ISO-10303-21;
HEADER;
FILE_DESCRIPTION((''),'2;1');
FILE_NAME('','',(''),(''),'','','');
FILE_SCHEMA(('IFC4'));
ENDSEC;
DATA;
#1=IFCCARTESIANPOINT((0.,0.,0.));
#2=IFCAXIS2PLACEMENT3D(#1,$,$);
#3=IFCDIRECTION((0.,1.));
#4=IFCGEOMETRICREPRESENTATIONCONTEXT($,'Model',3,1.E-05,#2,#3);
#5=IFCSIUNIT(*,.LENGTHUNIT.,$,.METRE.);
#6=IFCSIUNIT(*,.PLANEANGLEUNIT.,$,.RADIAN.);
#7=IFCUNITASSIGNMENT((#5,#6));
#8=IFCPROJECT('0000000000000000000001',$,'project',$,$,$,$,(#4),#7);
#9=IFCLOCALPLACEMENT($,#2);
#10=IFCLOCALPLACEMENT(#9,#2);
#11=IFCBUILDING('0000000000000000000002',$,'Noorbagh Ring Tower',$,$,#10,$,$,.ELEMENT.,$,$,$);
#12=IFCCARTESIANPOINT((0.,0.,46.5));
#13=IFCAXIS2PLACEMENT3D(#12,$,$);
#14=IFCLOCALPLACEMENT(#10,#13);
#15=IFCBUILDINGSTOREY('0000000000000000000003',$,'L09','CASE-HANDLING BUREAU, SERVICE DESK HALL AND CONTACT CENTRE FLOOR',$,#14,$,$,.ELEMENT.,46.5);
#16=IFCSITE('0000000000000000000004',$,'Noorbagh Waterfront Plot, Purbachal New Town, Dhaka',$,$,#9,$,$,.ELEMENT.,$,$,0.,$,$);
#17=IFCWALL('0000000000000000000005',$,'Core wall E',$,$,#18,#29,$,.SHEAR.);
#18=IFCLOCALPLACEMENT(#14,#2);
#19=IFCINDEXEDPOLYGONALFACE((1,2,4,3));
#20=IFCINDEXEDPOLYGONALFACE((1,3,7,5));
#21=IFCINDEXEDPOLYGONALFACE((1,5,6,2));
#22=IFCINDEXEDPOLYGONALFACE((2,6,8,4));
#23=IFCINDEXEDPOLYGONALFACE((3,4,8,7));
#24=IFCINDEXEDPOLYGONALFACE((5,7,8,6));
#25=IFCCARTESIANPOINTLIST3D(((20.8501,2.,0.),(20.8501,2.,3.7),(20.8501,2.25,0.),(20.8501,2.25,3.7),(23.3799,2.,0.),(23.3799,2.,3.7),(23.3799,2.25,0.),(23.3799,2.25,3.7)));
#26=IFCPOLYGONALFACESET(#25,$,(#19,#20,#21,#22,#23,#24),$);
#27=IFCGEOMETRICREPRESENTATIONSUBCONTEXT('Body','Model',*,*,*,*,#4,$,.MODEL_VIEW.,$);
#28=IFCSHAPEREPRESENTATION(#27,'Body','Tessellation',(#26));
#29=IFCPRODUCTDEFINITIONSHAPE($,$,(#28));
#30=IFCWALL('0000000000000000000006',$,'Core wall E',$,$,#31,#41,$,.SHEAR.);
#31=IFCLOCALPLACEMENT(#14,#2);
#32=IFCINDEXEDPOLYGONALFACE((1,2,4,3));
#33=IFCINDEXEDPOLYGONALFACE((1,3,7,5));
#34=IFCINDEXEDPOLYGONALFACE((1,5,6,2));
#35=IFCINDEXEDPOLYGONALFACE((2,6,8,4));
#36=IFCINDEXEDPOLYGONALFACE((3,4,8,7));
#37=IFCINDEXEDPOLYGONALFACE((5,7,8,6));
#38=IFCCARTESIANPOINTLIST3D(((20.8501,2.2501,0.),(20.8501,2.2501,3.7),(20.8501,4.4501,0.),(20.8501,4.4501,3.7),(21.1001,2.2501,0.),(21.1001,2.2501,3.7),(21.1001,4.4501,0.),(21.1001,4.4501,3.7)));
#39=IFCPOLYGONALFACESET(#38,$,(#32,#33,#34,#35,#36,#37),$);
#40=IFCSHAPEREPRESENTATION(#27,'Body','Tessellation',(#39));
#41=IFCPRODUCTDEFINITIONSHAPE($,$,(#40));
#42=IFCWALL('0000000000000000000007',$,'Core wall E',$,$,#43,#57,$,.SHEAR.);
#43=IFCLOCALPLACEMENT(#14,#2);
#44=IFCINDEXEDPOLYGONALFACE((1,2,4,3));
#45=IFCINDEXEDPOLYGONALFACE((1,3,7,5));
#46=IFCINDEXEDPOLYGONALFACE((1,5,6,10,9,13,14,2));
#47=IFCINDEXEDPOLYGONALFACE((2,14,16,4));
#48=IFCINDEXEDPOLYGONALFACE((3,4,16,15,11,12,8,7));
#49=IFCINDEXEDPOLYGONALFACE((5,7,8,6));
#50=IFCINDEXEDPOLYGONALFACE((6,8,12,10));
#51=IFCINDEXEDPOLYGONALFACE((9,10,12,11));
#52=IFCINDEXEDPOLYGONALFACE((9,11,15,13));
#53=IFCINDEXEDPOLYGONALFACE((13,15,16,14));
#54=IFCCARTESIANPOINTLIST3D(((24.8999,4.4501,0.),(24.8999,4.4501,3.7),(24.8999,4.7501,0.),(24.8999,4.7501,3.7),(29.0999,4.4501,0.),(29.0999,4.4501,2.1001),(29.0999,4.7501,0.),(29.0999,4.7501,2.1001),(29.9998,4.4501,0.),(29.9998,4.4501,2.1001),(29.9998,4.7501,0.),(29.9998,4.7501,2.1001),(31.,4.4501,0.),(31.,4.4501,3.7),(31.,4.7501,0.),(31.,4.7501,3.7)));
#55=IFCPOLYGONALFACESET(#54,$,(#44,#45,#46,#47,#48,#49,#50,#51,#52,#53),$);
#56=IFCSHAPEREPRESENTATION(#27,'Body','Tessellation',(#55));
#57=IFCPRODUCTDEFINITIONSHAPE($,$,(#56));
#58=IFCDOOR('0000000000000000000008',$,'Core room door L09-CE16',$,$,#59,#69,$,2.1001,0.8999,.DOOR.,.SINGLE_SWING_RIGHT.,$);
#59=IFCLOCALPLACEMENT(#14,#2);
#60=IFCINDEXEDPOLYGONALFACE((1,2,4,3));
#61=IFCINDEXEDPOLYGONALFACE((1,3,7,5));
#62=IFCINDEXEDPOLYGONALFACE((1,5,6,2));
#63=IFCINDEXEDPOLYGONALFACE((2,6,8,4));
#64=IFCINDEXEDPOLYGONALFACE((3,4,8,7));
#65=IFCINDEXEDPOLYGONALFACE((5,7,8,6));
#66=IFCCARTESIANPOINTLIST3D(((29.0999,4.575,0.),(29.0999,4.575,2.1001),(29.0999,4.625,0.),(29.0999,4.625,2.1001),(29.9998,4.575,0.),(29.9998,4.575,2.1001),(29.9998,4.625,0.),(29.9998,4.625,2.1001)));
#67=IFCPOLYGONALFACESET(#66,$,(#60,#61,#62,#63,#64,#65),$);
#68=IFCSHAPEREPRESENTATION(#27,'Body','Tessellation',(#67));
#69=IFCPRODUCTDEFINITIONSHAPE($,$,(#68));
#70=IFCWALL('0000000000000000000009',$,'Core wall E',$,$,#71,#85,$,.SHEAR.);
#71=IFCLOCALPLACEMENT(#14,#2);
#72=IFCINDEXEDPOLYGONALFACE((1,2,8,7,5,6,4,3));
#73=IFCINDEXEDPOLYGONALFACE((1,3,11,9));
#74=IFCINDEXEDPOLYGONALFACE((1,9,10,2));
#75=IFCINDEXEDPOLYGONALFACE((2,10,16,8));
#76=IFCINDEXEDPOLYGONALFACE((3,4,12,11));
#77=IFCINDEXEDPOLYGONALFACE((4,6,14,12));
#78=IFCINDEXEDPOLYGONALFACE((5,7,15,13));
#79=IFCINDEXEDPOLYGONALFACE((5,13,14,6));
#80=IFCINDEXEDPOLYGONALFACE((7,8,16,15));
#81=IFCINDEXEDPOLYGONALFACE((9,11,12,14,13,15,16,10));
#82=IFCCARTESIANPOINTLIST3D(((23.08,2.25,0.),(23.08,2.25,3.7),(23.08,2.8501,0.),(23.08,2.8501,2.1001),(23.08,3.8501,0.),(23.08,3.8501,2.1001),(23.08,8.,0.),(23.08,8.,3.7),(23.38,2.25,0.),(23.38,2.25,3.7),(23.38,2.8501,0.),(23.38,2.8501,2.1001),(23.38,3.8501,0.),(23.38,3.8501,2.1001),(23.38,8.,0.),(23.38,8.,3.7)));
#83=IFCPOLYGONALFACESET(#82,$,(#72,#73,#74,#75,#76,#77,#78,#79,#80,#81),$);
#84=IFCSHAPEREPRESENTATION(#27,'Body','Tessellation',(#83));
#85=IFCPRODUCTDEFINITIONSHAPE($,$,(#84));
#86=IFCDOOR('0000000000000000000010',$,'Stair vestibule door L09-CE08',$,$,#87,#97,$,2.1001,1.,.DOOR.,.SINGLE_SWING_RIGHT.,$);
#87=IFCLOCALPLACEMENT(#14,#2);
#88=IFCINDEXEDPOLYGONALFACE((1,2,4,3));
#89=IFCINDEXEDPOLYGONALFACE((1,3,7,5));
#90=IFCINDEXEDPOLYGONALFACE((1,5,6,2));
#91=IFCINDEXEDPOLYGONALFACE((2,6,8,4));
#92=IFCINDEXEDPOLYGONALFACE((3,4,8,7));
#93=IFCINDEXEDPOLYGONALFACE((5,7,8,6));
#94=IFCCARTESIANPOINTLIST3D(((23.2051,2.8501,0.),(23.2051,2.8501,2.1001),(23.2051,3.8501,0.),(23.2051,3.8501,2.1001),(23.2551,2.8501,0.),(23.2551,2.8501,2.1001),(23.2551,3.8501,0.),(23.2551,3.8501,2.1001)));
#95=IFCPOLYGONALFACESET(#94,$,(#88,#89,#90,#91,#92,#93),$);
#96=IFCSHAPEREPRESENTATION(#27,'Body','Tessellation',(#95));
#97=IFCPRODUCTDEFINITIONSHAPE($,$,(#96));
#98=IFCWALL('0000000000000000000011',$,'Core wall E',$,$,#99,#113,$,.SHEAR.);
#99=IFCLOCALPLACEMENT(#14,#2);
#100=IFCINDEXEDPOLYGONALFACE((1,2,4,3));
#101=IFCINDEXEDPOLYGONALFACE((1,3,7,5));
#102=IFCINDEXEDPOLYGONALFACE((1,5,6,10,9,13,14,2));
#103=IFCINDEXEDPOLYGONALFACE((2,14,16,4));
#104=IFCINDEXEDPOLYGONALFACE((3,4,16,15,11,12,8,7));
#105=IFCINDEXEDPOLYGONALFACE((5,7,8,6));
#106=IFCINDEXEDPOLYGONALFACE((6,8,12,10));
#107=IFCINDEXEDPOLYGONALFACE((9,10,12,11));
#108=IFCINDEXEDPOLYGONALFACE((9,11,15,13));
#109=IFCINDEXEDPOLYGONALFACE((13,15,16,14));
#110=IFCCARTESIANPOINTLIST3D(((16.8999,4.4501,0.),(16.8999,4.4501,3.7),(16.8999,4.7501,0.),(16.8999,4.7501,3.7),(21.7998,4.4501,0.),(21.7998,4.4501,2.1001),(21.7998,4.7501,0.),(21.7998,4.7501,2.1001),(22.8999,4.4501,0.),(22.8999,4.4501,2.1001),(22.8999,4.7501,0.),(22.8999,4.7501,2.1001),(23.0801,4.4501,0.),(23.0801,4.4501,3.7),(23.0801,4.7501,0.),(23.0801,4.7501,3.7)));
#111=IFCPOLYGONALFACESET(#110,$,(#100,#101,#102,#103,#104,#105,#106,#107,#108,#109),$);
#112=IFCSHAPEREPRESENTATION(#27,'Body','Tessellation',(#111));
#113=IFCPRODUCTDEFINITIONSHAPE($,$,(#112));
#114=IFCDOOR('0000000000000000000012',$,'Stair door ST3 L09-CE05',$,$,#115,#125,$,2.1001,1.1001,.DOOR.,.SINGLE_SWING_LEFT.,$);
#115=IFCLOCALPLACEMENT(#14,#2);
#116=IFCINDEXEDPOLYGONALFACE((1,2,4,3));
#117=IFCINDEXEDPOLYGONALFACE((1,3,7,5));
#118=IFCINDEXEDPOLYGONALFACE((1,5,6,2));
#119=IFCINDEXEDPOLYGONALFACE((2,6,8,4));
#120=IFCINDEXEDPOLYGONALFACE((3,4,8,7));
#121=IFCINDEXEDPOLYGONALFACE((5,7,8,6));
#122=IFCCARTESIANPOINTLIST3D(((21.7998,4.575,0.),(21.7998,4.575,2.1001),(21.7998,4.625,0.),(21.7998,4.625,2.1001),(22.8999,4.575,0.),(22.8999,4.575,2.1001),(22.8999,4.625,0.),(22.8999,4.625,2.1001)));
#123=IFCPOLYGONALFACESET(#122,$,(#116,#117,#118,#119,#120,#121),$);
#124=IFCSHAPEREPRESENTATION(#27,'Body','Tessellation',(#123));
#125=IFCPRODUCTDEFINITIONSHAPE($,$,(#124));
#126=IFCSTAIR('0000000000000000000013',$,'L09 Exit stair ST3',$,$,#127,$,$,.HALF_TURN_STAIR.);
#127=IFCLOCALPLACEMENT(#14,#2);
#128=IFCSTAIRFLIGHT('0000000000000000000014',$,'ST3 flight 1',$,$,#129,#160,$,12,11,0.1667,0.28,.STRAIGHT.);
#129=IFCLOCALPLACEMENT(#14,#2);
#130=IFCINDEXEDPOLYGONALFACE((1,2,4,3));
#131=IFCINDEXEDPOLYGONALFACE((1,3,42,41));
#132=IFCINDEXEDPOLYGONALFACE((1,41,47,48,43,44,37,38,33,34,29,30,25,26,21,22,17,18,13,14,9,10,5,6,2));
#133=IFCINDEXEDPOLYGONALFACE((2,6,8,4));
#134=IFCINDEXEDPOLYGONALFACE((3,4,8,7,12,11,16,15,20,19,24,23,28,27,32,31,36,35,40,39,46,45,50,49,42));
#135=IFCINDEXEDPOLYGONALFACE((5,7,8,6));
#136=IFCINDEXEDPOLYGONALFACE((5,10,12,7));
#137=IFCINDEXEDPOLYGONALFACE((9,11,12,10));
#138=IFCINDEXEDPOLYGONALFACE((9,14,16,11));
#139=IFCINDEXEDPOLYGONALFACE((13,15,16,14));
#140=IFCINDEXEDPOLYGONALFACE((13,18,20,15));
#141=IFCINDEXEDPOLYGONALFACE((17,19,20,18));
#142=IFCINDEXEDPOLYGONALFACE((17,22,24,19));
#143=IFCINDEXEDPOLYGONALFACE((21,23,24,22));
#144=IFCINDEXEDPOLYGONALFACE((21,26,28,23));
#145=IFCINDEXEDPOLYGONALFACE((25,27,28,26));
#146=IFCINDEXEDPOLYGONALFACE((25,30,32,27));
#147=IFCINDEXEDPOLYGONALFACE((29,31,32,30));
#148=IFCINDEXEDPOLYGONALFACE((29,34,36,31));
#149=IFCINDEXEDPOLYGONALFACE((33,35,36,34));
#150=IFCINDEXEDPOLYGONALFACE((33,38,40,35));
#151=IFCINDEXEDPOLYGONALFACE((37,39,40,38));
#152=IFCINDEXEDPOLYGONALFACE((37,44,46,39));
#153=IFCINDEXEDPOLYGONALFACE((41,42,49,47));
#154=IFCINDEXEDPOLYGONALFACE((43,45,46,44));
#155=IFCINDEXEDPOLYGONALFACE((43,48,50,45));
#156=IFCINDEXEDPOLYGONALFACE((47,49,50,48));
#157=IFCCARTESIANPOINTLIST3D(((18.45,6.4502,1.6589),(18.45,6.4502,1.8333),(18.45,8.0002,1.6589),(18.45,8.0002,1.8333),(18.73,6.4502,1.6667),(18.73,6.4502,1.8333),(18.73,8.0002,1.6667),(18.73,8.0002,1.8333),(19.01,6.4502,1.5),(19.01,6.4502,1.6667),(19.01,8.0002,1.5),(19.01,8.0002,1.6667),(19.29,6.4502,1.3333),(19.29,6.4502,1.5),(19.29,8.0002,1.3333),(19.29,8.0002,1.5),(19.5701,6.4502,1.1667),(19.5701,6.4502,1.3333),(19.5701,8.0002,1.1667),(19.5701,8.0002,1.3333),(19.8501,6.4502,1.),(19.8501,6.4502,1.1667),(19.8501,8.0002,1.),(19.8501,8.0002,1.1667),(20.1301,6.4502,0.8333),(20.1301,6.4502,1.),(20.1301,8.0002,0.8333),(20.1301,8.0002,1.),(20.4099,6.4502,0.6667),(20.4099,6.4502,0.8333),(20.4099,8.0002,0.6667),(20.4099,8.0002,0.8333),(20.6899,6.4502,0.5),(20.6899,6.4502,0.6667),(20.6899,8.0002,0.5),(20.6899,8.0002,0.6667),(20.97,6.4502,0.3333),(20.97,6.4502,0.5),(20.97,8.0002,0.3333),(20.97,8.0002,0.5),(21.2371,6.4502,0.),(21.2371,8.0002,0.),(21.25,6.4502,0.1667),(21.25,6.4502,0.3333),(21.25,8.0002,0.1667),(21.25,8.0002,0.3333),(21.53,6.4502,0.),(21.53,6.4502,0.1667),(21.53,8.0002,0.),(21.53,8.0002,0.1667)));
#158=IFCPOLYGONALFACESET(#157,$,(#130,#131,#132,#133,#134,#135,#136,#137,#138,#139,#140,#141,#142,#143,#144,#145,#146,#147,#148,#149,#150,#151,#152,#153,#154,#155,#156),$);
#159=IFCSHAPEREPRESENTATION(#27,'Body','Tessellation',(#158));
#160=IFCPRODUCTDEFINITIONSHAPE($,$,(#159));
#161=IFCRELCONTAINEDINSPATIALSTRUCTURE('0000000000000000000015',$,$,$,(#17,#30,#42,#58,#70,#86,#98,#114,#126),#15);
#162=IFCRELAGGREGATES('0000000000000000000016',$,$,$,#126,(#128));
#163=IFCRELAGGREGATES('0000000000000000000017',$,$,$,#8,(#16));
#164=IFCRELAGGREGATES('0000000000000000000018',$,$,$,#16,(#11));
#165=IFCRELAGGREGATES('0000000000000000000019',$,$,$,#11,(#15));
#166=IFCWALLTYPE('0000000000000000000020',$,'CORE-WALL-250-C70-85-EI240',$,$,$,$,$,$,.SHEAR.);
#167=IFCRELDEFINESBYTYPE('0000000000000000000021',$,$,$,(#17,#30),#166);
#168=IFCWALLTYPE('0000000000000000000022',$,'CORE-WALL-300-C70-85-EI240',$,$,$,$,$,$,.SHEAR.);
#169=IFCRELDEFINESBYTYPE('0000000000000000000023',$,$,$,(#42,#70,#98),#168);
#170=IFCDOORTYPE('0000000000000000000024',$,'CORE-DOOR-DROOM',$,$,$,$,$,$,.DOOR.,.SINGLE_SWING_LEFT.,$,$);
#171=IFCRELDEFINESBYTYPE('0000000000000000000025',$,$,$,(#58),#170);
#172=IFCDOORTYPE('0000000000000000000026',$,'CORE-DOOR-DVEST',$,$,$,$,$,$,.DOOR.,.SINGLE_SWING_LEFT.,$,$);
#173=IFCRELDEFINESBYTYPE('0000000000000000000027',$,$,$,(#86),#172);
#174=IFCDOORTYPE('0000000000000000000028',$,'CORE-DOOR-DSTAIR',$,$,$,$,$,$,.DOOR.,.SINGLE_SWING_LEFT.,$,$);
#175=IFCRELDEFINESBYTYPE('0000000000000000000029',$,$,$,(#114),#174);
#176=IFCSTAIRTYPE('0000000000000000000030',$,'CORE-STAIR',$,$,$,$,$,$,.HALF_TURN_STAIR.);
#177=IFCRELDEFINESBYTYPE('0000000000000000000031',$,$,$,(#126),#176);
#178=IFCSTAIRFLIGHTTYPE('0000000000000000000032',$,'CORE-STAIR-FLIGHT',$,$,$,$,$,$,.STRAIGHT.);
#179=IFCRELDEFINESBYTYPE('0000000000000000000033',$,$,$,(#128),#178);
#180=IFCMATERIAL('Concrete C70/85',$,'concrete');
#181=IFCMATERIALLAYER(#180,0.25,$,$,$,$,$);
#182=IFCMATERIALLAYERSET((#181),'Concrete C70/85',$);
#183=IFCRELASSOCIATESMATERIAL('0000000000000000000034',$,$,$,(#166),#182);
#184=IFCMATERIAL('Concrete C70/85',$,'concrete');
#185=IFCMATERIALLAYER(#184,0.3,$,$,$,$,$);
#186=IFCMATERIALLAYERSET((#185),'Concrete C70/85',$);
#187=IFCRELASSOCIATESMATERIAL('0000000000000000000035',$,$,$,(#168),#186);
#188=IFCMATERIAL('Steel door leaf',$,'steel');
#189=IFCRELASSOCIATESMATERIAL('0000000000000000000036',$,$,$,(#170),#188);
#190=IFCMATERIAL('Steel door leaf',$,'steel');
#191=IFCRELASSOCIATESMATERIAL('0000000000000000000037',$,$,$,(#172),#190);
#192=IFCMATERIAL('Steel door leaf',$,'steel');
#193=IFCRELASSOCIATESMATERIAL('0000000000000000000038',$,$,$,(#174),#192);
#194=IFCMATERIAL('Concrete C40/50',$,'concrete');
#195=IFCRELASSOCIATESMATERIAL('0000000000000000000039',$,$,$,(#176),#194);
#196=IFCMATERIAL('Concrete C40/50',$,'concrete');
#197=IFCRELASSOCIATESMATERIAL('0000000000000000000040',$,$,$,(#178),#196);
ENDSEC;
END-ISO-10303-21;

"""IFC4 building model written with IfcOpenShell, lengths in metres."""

from ifc_helpers import new_model, si_unit, direction, frame, frame_2d, origin, place, context, subcontext, project, spatial, polyline, rectangle, outline, extrude, material, layer, layer_set, type_object, element, fill, aggregate, save


model = new_model("IFC4")

# Units and contexts
model_context = context("Model", 3, precision=1e-05, world=origin(), true_north=direction((0.0, 1.0)))
body_context = subcontext(model_context, "Body", "Model", "MODEL_VIEW")
ifc_project = project(units=[si_unit("LENGTHUNIT", "METRE"), si_unit("PLANEANGLEUNIT", "RADIAN")], contexts=[model_context])

# Site, building, storey
site_placement = place(None, origin())
site = spatial("IfcSite", under=ifc_project, at=site_placement, Name="Noorbagh Waterfront Plot, Purbachal New Town, Dhaka", CompositionType="ELEMENT", RefElevation=0.0)
building_placement = place(site_placement, origin())
building = spatial("IfcBuilding", under=site, at=building_placement, Name="Noorbagh Ring Tower", CompositionType="ELEMENT")
storey_placement = place(building_placement, frame((0.0, 0.0, 46.5)))
storey = spatial("IfcBuildingStorey", under=building, at=storey_placement, Name="L09", Description="CASE-HANDLING BUREAU, SERVICE DESK HALL AND CONTACT CENTRE FLOOR", CompositionType="ELEMENT", Elevation=46.5)

# Walls
ifc_material_1 = material(Name="Concrete C70/85", Category="concrete")
ifc_layer_1 = layer(ifc_material_1, 0.25)
ifc_layer_set_1 = layer_set([ifc_layer_1], Name="Concrete C70/85")
wall_type_1 = type_object("IfcWallType", Name="CORE-WALL-250-C70-85-EI240", PredefinedType="SHEAR", material=ifc_layer_set_1)
wall_1_placement = place(storey_placement, frame((20.8501, 2.125, 0.0), z_axis=(0.0, 0.0, 1.0), x_axis=(1.0, 0.0, 0.0)))
element("IfcWall", 1, at=wall_1_placement, inside=storey, type_object=wall_type_1, Name="Core wall E", PredefinedType="SHEAR", context=body_context, shape_type="SweptSolid", body=[
    extrude(rectangle(XDim=2.5298, YDim=0.25, at=frame_2d((1.2649, 0.0))), origin(), (0.0, 0.0, 1.0), 3.7),
])
wall_2_placement = place(storey_placement, frame((20.9751, 2.25, 0.0), z_axis=(0.0, 0.0, 1.0), x_axis=(0.0, 1.0, 0.0)))
element("IfcWall", 2, at=wall_2_placement, inside=storey, type_object=wall_type_1, Name="Core wall E", PredefinedType="SHEAR", context=body_context, shape_type="SweptSolid", body=[
    extrude(rectangle(XDim=2.2, YDim=0.25, at=frame_2d((1.1001, 0.0))), origin(), (0.0, 0.0, 1.0), 3.7),
])

# Walls, openings, doors
ifc_material_2 = material(Name="Concrete C70/85", Category="concrete")
ifc_layer_2 = layer(ifc_material_2, 0.3)
ifc_layer_set_2 = layer_set([ifc_layer_2], Name="Concrete C70/85")
wall_type_2 = type_object("IfcWallType", Name="CORE-WALL-300-C70-85-EI240", PredefinedType="SHEAR", material=ifc_layer_set_2)
wall_3_placement = place(storey_placement, frame((24.8999, 4.6001, 0.0), z_axis=(0.0, 0.0, 1.0), x_axis=(1.0, 0.0, 0.0)))
wall_3 = element("IfcWall", 3, at=wall_3_placement, inside=storey, type_object=wall_type_2, Name="Core wall E", PredefinedType="SHEAR", context=body_context, shape_type="SweptSolid", body=[
    extrude(rectangle(XDim=6.1001, YDim=0.3, at=frame_2d((3.05, 0.0))), origin(), (0.0, 0.0, 1.0), 3.7),
])
opening_1_placement = place(wall_3_placement, frame((4.2, 0.0, 0.0)))
opening_1 = element("IfcOpeningElement", 4, at=opening_1_placement, cuts=wall_3, PredefinedType="OPENING", context=body_context, shape_type="SweptSolid", body=[
    extrude(rectangle(XDim=0.8999, YDim=2.1001, at=frame_2d((0.45, 1.05))), frame((0.0, 0.1602, 0.0), z_axis=(0.0, -1.0, 0.0), x_axis=(1.0, 0.0, 0.0)), (0.0, 0.0, 1.0), 0.3201),
])
ifc_material_3 = material(Name="Steel door leaf", Category="steel")
door_type_1 = type_object("IfcDoorType", Name="CORE-DOOR-DROOM", OperationType="SINGLE_SWING_LEFT", PredefinedType="DOOR", material=ifc_material_3)
door_1_placement = place(opening_1_placement, origin())
door_1 = element("IfcDoor", 5, at=door_1_placement, inside=storey, type_object=door_type_1, Name="Core room door L09-CE16", OperationType="SINGLE_SWING_RIGHT", OverallHeight=2.1001, OverallWidth=0.8999, PredefinedType="DOOR", context=body_context, shape_type="SweptSolid", body=[
    extrude(rectangle(XDim=0.8999, YDim=2.1001, at=frame_2d((0.45, 1.05))), frame((0.0, 0.0249, 0.0), z_axis=(0.0, -1.0, 0.0), x_axis=(1.0, 0.0, 0.0)), (0.0, 0.0, 1.0), 0.05),
])
fill(opening_1, door_1)
wall_4_placement = place(storey_placement, frame((23.23, 2.25, 0.0), z_axis=(0.0, 0.0, 1.0), x_axis=(0.0, 1.0, 0.0)))
wall_4 = element("IfcWall", 6, at=wall_4_placement, inside=storey, type_object=wall_type_2, Name="Core wall E", PredefinedType="SHEAR", context=body_context, shape_type="SweptSolid", body=[
    extrude(rectangle(XDim=5.75, YDim=0.3, at=frame_2d((2.875, 0.0))), origin(), (0.0, 0.0, 1.0), 3.7),
])
opening_2_placement = place(wall_4_placement, frame((0.6001, 0.0, 0.0)))
opening_2 = element("IfcOpeningElement", 7, at=opening_2_placement, cuts=wall_4, PredefinedType="OPENING", context=body_context, shape_type="SweptSolid", body=[
    extrude(rectangle(XDim=1.0, YDim=2.1001, at=frame_2d((0.5, 1.05))), frame((0.0, 0.1602, 0.0), z_axis=(0.0, -1.0, 0.0), x_axis=(1.0, 0.0, 0.0)), (0.0, 0.0, 1.0), 0.3201),
])
ifc_material_4 = material(Name="Steel door leaf", Category="steel")
door_type_2 = type_object("IfcDoorType", Name="CORE-DOOR-DVEST", OperationType="SINGLE_SWING_LEFT", PredefinedType="DOOR", material=ifc_material_4)
door_2_placement = place(opening_2_placement, origin())
door_2 = element("IfcDoor", 8, at=door_2_placement, inside=storey, type_object=door_type_2, Name="Stair vestibule door L09-CE08", OperationType="SINGLE_SWING_RIGHT", OverallHeight=2.1001, OverallWidth=1.0, PredefinedType="DOOR", context=body_context, shape_type="SweptSolid", body=[
    extrude(rectangle(XDim=1.0, YDim=2.1001, at=frame_2d((0.5, 1.05))), frame((0.0, 0.0249, 0.0), z_axis=(0.0, -1.0, 0.0), x_axis=(1.0, 0.0, 0.0)), (0.0, 0.0, 1.0), 0.05),
])
fill(opening_2, door_2)
wall_5_placement = place(storey_placement, frame((16.8999, 4.6001, 0.0), z_axis=(0.0, 0.0, 1.0), x_axis=(1.0, 0.0, 0.0)))
wall_5 = element("IfcWall", 9, at=wall_5_placement, inside=storey, type_object=wall_type_2, Name="Core wall E", PredefinedType="SHEAR", context=body_context, shape_type="SweptSolid", body=[
    extrude(rectangle(XDim=6.1802, YDim=0.3, at=frame_2d((3.0901, 0.0))), origin(), (0.0, 0.0, 1.0), 3.7),
])
opening_3_placement = place(wall_5_placement, frame((4.8999, 0.0, 0.0)))
opening_3 = element("IfcOpeningElement", 10, at=opening_3_placement, cuts=wall_5, PredefinedType="OPENING", context=body_context, shape_type="SweptSolid", body=[
    extrude(rectangle(XDim=1.1001, YDim=2.1001, at=frame_2d((0.55, 1.05))), frame((0.0, 0.1602, 0.0), z_axis=(0.0, -1.0, 0.0), x_axis=(1.0, 0.0, 0.0)), (0.0, 0.0, 1.0), 0.3201),
])
ifc_material_5 = material(Name="Steel door leaf", Category="steel")
door_type_3 = type_object("IfcDoorType", Name="CORE-DOOR-DSTAIR", OperationType="SINGLE_SWING_LEFT", PredefinedType="DOOR", material=ifc_material_5)
door_3_placement = place(opening_3_placement, origin())
door_3 = element("IfcDoor", 11, at=door_3_placement, inside=storey, type_object=door_type_3, Name="Stair door ST3 L09-CE05", OperationType="SINGLE_SWING_LEFT", OverallHeight=2.1001, OverallWidth=1.1001, PredefinedType="DOOR", context=body_context, shape_type="SweptSolid", body=[
    extrude(rectangle(XDim=1.1001, YDim=2.1001, at=frame_2d((0.55, 1.05))), frame((0.0, 0.0249, 0.0), z_axis=(0.0, -1.0, 0.0), x_axis=(1.0, 0.0, 0.0)), (0.0, 0.0, 1.0), 0.05),
])
fill(opening_3, door_3)

# Stair, stair flight
ifc_material_6 = material(Name="Concrete C40/50", Category="concrete")
stair_type = type_object("IfcStairType", Name="CORE-STAIR", PredefinedType="HALF_TURN_STAIR", material=ifc_material_6)
stair_placement = place(storey_placement, origin())
stair = element("IfcStair", 12, at=stair_placement, inside=storey, type_object=stair_type, Name="L09 Exit stair ST3", PredefinedType="HALF_TURN_STAIR")
ifc_material_7 = material(Name="Concrete C40/50", Category="concrete")
stair_flight_type = type_object("IfcStairFlightType", Name="CORE-STAIR-FLIGHT", PredefinedType="STRAIGHT", material=ifc_material_7)
stair_flight_1_placement = place(storey_placement, frame((21.53, 7.2251, 0.0), z_axis=(0.0, 0.0, 1.0), x_axis=(-1.0, 0.0, 0.0)))
stair_flight_1 = element("IfcStairFlight", 13, at=stair_flight_1_placement, type_object=stair_flight_type, Name="ST3 flight 1", NumberOfRisers=12, NumberOfTreads=11, PredefinedType="STRAIGHT", RiserHeight=0.1667, TreadLength=0.28, context=body_context, shape_type="SweptSolid", body=[
    extrude(outline(polyline([(0.0, 0.0), (0.0, 0.1667), (0.28, 0.1667), (0.28, 0.3333), (0.5601, 0.3333), (0.5601, 0.5), (0.8401, 0.5), (0.8401, 0.6667), (1.1201, 0.6667), (1.1201, 0.8333), (1.3999, 0.8333), (1.3999, 1.0), (1.6799, 1.0), (1.6799, 1.1667), (1.96, 1.1667), (1.96, 1.3333), (2.24, 1.3333), (2.24, 1.5), (2.52, 1.5), (2.52, 1.6667), (2.8, 1.6667), (2.8, 1.8333), (3.0801, 1.8333), (3.0801, 2.0), (3.0801, 1.6589), (0.293, 0.0), (0.0, 0.0)])), frame((0.0, 0.7749, 0.0), z_axis=(0.0, -1.0, 0.0), x_axis=(1.0, 0.0, 0.0)), (0.0, 0.0, 1.0), 1.55),
])
aggregate(stair, [stair_flight_1])

save(model, "model.ifc")
